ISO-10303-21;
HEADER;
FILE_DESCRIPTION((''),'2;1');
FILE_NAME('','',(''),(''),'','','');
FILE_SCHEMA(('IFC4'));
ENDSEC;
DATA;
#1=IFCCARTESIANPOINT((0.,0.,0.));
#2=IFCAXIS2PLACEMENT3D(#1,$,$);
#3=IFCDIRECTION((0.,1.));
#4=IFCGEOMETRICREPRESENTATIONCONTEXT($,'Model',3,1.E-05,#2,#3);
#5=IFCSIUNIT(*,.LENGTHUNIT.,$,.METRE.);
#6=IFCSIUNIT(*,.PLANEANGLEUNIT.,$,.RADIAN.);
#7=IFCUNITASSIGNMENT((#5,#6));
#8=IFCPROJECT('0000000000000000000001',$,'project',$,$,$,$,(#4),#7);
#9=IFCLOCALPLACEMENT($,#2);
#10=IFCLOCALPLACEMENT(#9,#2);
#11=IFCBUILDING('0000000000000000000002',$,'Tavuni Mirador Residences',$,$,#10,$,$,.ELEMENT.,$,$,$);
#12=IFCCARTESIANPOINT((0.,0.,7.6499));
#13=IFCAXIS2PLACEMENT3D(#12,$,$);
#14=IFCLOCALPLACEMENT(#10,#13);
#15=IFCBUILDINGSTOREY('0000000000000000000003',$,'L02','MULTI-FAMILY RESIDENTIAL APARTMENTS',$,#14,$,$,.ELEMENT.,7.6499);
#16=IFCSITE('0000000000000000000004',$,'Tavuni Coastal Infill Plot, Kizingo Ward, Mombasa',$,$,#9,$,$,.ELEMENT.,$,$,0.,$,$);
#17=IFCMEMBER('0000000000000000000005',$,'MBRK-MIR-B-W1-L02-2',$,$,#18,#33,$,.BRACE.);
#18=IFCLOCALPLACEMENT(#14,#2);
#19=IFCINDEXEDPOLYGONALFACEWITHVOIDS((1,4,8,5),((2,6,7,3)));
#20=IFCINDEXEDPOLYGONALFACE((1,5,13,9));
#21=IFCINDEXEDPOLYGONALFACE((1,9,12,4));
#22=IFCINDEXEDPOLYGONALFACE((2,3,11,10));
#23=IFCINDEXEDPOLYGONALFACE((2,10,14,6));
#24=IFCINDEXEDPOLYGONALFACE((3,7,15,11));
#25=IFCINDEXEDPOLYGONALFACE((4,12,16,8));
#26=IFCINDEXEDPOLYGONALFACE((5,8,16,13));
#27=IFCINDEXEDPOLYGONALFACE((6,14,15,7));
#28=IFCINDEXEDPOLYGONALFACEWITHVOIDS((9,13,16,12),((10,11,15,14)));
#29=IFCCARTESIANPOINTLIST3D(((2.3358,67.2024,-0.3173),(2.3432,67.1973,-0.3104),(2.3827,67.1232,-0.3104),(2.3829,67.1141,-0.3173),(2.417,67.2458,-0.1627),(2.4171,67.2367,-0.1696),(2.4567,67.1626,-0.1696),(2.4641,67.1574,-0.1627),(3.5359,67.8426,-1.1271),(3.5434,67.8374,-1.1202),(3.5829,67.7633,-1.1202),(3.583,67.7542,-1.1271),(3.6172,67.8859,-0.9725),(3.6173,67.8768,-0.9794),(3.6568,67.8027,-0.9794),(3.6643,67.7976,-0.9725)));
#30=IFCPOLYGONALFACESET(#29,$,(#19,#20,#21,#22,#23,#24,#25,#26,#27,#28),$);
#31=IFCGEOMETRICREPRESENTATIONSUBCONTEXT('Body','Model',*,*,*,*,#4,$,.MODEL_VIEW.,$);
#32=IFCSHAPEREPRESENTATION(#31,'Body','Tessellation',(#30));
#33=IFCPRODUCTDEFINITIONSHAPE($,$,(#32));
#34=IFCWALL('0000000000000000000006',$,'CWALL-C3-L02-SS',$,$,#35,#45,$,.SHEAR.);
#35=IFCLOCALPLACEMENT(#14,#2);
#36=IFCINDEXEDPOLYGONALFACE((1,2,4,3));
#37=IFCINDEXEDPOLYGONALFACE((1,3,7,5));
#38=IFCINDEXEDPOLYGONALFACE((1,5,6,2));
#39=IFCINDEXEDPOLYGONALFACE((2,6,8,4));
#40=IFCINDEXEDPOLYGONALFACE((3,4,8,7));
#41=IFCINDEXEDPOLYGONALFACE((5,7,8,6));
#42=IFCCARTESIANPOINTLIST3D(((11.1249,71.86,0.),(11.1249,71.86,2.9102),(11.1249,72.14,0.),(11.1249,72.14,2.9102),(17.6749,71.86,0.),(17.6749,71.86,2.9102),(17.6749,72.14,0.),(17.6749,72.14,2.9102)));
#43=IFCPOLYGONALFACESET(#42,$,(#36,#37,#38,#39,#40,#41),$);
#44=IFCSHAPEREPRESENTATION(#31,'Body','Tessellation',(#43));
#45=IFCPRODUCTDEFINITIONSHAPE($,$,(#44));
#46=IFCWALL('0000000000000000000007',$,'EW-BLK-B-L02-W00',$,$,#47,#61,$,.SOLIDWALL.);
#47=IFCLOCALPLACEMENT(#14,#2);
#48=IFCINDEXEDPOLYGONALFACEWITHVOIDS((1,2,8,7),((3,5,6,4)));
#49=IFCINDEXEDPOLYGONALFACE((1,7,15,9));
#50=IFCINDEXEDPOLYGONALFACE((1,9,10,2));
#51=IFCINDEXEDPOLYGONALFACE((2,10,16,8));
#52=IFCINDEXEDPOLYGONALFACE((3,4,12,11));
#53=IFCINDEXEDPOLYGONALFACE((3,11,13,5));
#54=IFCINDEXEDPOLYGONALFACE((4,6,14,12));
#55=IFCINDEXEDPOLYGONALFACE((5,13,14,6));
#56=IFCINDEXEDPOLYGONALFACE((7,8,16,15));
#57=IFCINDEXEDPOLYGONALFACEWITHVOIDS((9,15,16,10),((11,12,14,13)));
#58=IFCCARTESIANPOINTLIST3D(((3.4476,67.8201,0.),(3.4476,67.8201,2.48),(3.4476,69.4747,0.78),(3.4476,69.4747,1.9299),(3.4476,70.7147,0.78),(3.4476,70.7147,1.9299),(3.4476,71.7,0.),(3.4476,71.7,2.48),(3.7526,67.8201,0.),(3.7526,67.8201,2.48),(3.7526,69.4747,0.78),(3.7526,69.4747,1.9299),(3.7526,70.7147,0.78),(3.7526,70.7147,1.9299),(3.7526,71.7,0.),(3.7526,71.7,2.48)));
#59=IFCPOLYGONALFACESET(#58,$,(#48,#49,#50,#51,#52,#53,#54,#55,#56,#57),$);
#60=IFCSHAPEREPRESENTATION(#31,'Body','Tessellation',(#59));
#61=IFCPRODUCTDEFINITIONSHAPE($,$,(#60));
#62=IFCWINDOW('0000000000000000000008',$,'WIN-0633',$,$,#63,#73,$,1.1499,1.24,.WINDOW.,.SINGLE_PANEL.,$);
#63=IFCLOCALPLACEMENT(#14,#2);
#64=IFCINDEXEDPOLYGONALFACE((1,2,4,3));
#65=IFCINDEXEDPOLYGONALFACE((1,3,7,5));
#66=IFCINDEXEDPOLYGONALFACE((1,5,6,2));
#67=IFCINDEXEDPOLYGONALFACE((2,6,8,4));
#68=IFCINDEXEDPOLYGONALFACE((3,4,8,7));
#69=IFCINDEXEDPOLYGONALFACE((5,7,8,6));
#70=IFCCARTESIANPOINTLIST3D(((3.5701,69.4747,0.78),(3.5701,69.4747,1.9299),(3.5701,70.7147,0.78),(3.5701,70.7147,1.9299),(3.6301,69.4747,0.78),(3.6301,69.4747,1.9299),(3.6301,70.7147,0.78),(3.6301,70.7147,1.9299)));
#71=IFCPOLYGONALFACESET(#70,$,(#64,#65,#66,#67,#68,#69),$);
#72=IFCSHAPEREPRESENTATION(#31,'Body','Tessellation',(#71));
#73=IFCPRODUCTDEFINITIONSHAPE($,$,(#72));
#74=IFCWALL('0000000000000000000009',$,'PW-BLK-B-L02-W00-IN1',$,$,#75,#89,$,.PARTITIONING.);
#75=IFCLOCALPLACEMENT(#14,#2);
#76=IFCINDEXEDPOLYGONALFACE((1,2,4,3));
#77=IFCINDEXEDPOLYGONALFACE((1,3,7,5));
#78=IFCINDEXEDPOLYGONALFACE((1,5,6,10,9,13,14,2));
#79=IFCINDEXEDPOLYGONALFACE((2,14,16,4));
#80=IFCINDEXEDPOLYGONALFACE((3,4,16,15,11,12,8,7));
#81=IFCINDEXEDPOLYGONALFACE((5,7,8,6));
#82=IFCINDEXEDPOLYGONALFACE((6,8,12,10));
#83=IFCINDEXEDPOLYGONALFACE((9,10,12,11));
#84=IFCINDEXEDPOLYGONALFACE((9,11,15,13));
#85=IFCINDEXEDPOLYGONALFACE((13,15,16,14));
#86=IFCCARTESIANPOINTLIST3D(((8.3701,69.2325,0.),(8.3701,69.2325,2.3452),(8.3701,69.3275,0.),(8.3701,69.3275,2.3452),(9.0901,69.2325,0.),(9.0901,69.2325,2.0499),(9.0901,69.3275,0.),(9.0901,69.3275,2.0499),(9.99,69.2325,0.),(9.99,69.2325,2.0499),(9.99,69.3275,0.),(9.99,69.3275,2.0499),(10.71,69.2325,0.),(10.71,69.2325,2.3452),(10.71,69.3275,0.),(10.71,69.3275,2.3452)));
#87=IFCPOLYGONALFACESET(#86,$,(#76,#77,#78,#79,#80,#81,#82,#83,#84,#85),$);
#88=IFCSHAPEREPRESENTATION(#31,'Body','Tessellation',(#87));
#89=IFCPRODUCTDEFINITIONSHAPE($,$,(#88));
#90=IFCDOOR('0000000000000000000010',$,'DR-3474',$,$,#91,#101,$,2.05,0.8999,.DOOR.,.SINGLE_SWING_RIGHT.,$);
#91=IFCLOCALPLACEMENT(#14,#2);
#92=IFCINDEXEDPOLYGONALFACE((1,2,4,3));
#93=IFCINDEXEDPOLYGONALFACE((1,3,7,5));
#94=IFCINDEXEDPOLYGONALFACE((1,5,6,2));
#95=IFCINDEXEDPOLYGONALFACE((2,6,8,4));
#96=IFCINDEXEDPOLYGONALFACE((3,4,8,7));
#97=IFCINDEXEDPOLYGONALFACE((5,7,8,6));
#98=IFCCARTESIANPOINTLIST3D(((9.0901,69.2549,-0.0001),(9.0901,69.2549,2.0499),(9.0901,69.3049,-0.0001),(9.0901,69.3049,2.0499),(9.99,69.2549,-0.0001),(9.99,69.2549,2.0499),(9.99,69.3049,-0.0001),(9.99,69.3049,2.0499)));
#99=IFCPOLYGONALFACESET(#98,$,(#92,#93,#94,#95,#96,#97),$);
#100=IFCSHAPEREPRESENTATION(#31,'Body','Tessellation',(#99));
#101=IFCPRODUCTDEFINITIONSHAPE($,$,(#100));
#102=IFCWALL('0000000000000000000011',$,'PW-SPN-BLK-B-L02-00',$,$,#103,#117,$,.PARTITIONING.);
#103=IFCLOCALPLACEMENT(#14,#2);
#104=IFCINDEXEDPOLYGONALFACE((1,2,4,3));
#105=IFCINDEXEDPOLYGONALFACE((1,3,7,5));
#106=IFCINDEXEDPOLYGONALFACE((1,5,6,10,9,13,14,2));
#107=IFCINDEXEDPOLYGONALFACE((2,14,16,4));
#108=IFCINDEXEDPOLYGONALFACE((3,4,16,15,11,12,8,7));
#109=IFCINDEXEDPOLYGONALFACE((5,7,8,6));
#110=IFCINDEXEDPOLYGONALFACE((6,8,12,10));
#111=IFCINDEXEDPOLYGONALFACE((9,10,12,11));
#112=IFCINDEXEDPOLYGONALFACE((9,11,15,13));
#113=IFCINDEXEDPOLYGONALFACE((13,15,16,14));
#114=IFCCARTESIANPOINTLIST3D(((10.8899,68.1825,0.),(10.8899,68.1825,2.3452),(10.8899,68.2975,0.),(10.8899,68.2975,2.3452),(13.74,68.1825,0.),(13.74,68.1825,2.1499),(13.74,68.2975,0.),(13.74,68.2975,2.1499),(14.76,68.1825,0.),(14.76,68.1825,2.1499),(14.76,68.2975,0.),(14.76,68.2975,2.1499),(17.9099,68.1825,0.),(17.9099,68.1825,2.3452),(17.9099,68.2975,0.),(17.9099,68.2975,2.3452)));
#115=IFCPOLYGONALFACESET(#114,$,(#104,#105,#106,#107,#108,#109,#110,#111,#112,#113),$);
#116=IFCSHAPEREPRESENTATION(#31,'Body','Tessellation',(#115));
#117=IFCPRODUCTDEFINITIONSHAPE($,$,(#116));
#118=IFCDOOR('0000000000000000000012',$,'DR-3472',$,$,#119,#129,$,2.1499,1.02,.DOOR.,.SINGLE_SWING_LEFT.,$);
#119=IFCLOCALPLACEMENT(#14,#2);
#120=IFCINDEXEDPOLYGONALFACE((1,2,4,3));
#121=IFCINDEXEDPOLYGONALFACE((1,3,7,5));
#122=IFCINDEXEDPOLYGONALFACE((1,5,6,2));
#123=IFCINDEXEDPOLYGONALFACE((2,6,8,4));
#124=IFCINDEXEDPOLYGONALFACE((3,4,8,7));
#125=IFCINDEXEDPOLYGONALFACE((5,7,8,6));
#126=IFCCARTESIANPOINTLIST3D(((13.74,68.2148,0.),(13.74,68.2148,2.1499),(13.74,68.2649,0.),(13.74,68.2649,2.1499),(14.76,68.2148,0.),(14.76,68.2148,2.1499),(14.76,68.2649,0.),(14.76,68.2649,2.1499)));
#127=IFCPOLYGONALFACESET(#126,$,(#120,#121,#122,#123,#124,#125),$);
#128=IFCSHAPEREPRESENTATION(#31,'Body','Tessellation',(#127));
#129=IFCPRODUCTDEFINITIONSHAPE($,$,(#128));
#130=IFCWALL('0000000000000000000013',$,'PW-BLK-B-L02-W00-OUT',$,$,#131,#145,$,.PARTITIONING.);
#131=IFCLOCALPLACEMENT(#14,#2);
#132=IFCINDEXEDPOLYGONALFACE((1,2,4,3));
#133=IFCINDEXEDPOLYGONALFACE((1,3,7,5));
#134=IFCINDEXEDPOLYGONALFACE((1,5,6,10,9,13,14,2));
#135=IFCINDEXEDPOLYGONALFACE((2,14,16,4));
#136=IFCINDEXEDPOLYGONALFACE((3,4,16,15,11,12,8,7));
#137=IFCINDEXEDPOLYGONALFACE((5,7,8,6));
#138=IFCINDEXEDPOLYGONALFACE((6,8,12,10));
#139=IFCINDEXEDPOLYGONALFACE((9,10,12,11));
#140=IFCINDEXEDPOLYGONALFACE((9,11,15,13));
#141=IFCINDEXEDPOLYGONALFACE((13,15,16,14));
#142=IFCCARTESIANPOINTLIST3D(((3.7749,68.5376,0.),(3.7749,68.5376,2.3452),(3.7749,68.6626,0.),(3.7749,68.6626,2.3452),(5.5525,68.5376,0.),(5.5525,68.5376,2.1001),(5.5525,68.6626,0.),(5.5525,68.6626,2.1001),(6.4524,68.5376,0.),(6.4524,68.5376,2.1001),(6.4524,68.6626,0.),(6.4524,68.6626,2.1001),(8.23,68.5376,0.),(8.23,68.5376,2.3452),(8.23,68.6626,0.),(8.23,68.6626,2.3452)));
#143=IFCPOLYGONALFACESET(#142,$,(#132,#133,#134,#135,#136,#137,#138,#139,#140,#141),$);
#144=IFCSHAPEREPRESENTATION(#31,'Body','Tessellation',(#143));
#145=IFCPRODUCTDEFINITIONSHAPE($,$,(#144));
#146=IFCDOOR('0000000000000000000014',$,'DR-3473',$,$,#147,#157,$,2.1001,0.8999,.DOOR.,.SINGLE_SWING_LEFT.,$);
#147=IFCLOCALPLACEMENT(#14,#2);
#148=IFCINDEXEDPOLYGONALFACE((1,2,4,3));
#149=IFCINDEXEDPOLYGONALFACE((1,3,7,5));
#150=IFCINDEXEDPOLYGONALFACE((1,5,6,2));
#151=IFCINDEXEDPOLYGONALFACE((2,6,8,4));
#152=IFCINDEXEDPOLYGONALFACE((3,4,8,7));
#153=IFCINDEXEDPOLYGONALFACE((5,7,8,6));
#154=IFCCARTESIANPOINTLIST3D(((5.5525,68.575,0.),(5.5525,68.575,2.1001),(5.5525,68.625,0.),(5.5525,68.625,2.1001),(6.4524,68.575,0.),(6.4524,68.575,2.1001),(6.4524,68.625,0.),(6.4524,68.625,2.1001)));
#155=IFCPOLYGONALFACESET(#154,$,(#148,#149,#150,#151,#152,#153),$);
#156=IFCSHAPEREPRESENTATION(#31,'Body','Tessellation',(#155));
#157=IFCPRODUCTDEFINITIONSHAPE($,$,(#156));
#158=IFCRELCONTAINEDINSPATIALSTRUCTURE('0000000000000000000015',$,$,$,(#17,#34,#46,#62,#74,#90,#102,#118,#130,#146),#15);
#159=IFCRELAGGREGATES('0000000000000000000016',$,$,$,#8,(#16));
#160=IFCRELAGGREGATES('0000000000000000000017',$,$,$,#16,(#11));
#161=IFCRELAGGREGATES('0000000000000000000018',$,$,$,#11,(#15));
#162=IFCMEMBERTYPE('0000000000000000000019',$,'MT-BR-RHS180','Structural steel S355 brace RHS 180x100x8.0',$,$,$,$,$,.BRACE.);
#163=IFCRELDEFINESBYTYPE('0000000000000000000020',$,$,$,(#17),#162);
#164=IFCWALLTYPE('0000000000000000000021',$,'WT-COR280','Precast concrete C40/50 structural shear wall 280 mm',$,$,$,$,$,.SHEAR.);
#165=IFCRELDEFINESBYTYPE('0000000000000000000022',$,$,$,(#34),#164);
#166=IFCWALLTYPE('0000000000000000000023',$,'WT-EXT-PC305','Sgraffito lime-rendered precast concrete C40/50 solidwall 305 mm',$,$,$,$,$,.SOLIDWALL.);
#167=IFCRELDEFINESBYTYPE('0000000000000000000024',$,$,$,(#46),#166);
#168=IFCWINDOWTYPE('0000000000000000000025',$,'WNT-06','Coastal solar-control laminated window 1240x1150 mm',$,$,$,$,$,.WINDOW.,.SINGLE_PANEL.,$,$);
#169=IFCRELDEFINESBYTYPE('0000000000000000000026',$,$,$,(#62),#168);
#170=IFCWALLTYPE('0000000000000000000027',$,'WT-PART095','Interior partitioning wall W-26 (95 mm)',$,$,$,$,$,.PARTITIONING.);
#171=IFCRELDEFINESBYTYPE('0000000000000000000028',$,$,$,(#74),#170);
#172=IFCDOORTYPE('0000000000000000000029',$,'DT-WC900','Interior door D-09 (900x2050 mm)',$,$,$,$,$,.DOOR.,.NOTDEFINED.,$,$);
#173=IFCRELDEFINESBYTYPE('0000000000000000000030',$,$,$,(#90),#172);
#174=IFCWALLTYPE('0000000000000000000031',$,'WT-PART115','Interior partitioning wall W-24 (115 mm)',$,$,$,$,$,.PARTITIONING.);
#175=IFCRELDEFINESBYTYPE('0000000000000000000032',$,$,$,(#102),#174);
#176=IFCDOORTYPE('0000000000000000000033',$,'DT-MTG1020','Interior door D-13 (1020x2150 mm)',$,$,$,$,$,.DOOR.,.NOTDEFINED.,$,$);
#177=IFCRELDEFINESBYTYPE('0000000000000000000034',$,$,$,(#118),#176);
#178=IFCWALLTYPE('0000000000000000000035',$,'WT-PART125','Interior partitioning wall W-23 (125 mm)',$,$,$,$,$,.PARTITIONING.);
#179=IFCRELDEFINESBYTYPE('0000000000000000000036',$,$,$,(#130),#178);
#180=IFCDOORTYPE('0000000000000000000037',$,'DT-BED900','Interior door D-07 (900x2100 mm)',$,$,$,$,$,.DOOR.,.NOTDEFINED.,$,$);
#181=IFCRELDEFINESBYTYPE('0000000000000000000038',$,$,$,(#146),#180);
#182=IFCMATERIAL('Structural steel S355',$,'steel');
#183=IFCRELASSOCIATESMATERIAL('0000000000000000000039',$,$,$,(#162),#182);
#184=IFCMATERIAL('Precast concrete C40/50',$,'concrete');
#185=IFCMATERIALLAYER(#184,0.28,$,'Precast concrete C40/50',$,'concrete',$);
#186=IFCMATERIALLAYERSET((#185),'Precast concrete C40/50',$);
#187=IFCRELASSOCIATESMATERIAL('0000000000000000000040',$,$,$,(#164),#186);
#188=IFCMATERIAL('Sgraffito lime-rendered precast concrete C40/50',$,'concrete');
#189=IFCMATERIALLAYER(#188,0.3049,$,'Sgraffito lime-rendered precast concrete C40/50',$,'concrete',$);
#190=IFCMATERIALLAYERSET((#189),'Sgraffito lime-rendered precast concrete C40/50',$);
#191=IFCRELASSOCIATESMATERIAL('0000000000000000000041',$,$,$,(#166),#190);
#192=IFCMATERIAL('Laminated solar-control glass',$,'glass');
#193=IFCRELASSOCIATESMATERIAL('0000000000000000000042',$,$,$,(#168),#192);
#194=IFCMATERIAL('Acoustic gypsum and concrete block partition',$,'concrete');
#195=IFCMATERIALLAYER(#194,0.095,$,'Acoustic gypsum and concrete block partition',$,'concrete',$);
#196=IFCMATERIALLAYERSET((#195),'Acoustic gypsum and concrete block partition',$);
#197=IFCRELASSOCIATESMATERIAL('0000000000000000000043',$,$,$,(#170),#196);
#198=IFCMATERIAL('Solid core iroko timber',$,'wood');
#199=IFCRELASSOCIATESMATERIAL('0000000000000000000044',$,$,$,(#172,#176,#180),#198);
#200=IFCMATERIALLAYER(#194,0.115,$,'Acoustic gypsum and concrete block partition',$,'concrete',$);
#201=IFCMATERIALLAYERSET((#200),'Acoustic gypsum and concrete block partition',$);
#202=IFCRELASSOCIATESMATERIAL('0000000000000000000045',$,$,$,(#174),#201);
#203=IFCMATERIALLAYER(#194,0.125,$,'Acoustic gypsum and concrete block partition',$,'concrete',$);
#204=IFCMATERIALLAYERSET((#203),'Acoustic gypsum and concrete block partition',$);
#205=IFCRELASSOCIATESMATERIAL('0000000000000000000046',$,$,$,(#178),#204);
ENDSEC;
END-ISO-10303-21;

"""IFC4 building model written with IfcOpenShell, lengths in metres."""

from ifc_helpers import new_model, si_unit, direction, frame, frame_2d, origin, origin_2d, place, context, subcontext, project, spatial, rectangle, hollow_rectangle, extrude, material, layer, layer_set, material_profile, profile_set, type_object, element, fill, save


model = new_model("IFC4")

# Units and contexts
model_context = context("Model", 3, precision=1e-05, world=origin(), true_north=direction((0.0, 1.0)))
body_context = subcontext(model_context, "Body", "Model", "MODEL_VIEW")
ifc_project = project(units=[si_unit("LENGTHUNIT", "METRE"), si_unit("PLANEANGLEUNIT", "RADIAN")], contexts=[model_context])

# Site, building, storey
site_placement = place(None, origin())
site = spatial("IfcSite", under=ifc_project, at=site_placement, Name="Tavuni Coastal Infill Plot, Kizingo Ward, Mombasa", CompositionType="ELEMENT", RefElevation=0.0)
building_placement = place(site_placement, origin())
building = spatial("IfcBuilding", under=site, at=building_placement, Name="Tavuni Mirador Residences", CompositionType="ELEMENT")
storey_placement = place(building_placement, frame((0.0, 0.0, 7.6499)))
storey = spatial("IfcBuildingStorey", under=building, at=storey_placement, Name="L02", Description="MULTI-FAMILY RESIDENTIAL APARTMENTS", CompositionType="ELEMENT", Elevation=7.6499)

# Shared definitions
ifc_material_1 = material(Name="Precast concrete C40/50", Category="concrete")

# Member
ifc_material_2 = material(Name="Structural steel S355", Category="steel")
ifc_material_profile_1 = material_profile(ifc_material_2, hollow_rectangle(XDim=0.1001, YDim=0.1799, WallThickness=0.0081, at=origin_2d()), Name="RHS 180x100x8.0", Category="steel")
ifc_profile_set_1 = profile_set([ifc_material_profile_1], Name="Structural steel S355")
member_type_1 = type_object("IfcMemberType", Name="MT-BR-RHS180", Description="Structural steel S355 brace RHS 180x100x8.0", PredefinedType="BRACE", material=ifc_profile_set_1)
member_1_placement = place(storey_placement, frame((3.6001, 67.8201, -1.0498), z_axis=(-0.758154, -0.40437, 0.511554), x_axis=(0.470607, -0.882343, 0.0)))
element("IfcMember", 1, at=member_1_placement, inside=storey, type_object=member_type_1, Name="MBRK-MIR-B-W1-L02-2", PredefinedType="BRACE", context=body_context, shape_type="SweptSolid", body=[
    extrude(hollow_rectangle(XDim=0.1001, YDim=0.1799, WallThickness=0.0081, at=origin_2d()), origin(), (0.0, 0.0, 1.0), 1.583),
])

# Shared definitions
ifc_material_3 = material(Name="Solid core iroko timber", Category="wood")

# Wall
ifc_layer_1 = layer(ifc_material_1, 0.28, Name="Precast concrete C40/50", Category="concrete")
ifc_layer_set_1 = layer_set([ifc_layer_1], Name="Precast concrete C40/50")
wall_type_1 = type_object("IfcWallType", Name="WT-COR280", Description="Precast concrete C40/50 structural shear wall 280 mm", PredefinedType="SHEAR", material=ifc_layer_set_1)
wall_1_placement = place(storey_placement, frame((11.125, 72.0, 0.0), z_axis=(0.0, 0.0, 1.0), x_axis=(1.0, 0.0, 0.0)))
element("IfcWall", 2, at=wall_1_placement, inside=storey, type_object=wall_type_1, Name="CWALL-C3-L02-SS", PredefinedType="SHEAR", context=body_context, shape_type="SweptSolid", body=[
    extrude(rectangle(XDim=6.55, YDim=0.28, at=frame_2d((3.2749, 0.0))), origin(), (0.0, 0.0, 1.0), 2.9102),
])

# Wall, opening, window
ifc_material_4 = material(Name="Sgraffito lime-rendered precast concrete C40/50", Category="concrete")
ifc_layer_2 = layer(ifc_material_4, 0.3049, Name="Sgraffito lime-rendered precast concrete C40/50", Category="concrete")
ifc_layer_set_2 = layer_set([ifc_layer_2], Name="Sgraffito lime-rendered precast concrete C40/50")
wall_type_2 = type_object("IfcWallType", Name="WT-EXT-PC305", Description="Sgraffito lime-rendered precast concrete C40/50 solidwall 305 mm", PredefinedType="SOLIDWALL", material=ifc_layer_set_2)
wall_2_placement = place(storey_placement, frame((3.6001, 71.7, 0.0), z_axis=(0.0, 0.0, 1.0), x_axis=(0.0, -1.0, 0.0)))
wall_2 = element("IfcWall", 3, at=wall_2_placement, inside=storey, type_object=wall_type_2, Name="EW-BLK-B-L02-W00", PredefinedType="SOLIDWALL", context=body_context, shape_type="SweptSolid", body=[
    extrude(rectangle(XDim=3.8799, YDim=0.3049, at=frame_2d((1.9399, 0.0))), origin(), (0.0, 0.0, 1.0), 2.48),
])
opening_1_placement = place(wall_2_placement, frame((0.9851, 0.0, 0.78)))
opening_1 = element("IfcOpeningElement", 4, at=opening_1_placement, cuts=wall_2, PredefinedType="OPENING", context=body_context, shape_type="SweptSolid", body=[
    extrude(rectangle(XDim=1.24, YDim=1.1499, at=frame_2d((0.6201, 0.575))), frame((0.0, 0.1626, 0.0), z_axis=(0.0, -1.0, 0.0), x_axis=(1.0, 0.0, 0.0)), (0.0, 0.0, 1.0), 0.325),
])
ifc_material_5 = material(Name="Laminated solar-control glass", Category="glass")
window_type = type_object("IfcWindowType", Name="WNT-06", Description="Coastal solar-control laminated window 1240x1150 mm", PartitioningType="SINGLE_PANEL", PredefinedType="WINDOW", material=ifc_material_5)
window_placement = place(opening_1_placement, origin())
window = element("IfcWindow", 5, at=window_placement, inside=storey, type_object=window_type, Name="WIN-0633", OverallHeight=1.1499, OverallWidth=1.24, PartitioningType="SINGLE_PANEL", PredefinedType="WINDOW", context=body_context, shape_type="SweptSolid", body=[
    extrude(rectangle(XDim=1.24, YDim=1.1499, at=frame_2d((0.6201, 0.575))), frame((0.0, 0.03, 0.0), z_axis=(0.0, -1.0, 0.0), x_axis=(1.0, 0.0, 0.0)), (0.0, 0.0, 1.0), 0.0601),
])
fill(opening_1, window)

# Walls, openings, doors
ifc_material_6 = material(Name="Acoustic gypsum and concrete block partition", Category="concrete")
ifc_layer_3 = layer(ifc_material_6, 0.095, Name="Acoustic gypsum and concrete block partition", Category="concrete")
ifc_layer_set_3 = layer_set([ifc_layer_3], Name="Acoustic gypsum and concrete block partition")
wall_type_3 = type_object("IfcWallType", Name="WT-PART095", Description="Interior partitioning wall W-26 (95 mm)", PredefinedType="PARTITIONING", material=ifc_layer_set_3)
wall_3_placement = place(storey_placement, frame((8.3701, 69.28, 0.0), z_axis=(0.0, 0.0, 1.0), x_axis=(1.0, 0.0, 0.0)))
wall_3 = element("IfcWall", 6, at=wall_3_placement, inside=storey, type_object=wall_type_3, Name="PW-BLK-B-L02-W00-IN1", PredefinedType="PARTITIONING", context=body_context, shape_type="SweptSolid", body=[
    extrude(rectangle(XDim=2.3398, YDim=0.095, at=frame_2d((1.1699, 0.0))), origin(), (0.0, 0.0, 1.0), 2.3452),
])
opening_2_placement = place(wall_3_placement, frame((0.72, 0.0, 0.0)))
opening_2 = element("IfcOpeningElement", 7, at=opening_2_placement, cuts=wall_3, PredefinedType="OPENING", context=body_context, shape_type="SweptSolid", body=[
    extrude(rectangle(XDim=0.8999, YDim=2.05, at=frame_2d((0.45, 1.0249))), frame((0.0, 0.0576, 0.0), z_axis=(0.0, -1.0, 0.0), x_axis=(1.0, 0.0, 0.0)), (0.0, 0.0, 1.0), 0.115),
])
door_type_1 = type_object("IfcDoorType", Name="DT-WC900", Description="Interior door D-09 (900x2050 mm)", OperationType="NOTDEFINED", PredefinedType="DOOR", material=ifc_material_3)
door_1_placement = place(opening_2_placement, origin())
door_1 = element("IfcDoor", 8, at=door_1_placement, inside=storey, type_object=door_type_1, Name="DR-3474", OperationType="SINGLE_SWING_RIGHT", OverallHeight=2.05, OverallWidth=0.8999, PredefinedType="DOOR", context=body_context, shape_type="SweptSolid", body=[
    extrude(rectangle(XDim=0.8999, YDim=2.05, at=frame_2d((0.45, 1.0249))), frame((0.0, 0.0249, 0.0), z_axis=(0.0, -1.0, 0.0), x_axis=(1.0, 0.0, 0.0)), (0.0, 0.0, 1.0), 0.05),
])
fill(opening_2, door_1)
ifc_layer_4 = layer(ifc_material_6, 0.115, Name="Acoustic gypsum and concrete block partition", Category="concrete")
ifc_layer_set_4 = layer_set([ifc_layer_4], Name="Acoustic gypsum and concrete block partition")
wall_type_4 = type_object("IfcWallType", Name="WT-PART115", Description="Interior partitioning wall W-24 (115 mm)", PredefinedType="PARTITIONING", material=ifc_layer_set_4)
wall_4_placement = place(storey_placement, frame((10.8899, 68.24, 0.0), z_axis=(0.0, 0.0, 1.0), x_axis=(1.0, 0.0, 0.0)))
wall_4 = element("IfcWall", 9, at=wall_4_placement, inside=storey, type_object=wall_type_4, Name="PW-SPN-BLK-B-L02-00", PredefinedType="PARTITIONING", context=body_context, shape_type="SweptSolid", body=[
    extrude(rectangle(XDim=7.02, YDim=0.115, at=frame_2d((3.51, 0.0))), origin(), (0.0, 0.0, 1.0), 2.3452),
])
opening_3_placement = place(wall_4_placement, frame((2.8501, 0.0, 0.0)))
opening_3 = element("IfcOpeningElement", 10, at=opening_3_placement, cuts=wall_4, PredefinedType="OPENING", context=body_context, shape_type="SweptSolid", body=[
    extrude(rectangle(XDim=1.02, YDim=2.1499, at=frame_2d((0.51, 1.075))), frame((0.0, 0.0674, 0.0), z_axis=(0.0, -1.0, 0.0), x_axis=(1.0, 0.0, 0.0)), (0.0, 0.0, 1.0), 0.135),
])
door_type_2 = type_object("IfcDoorType", Name="DT-MTG1020", Description="Interior door D-13 (1020x2150 mm)", OperationType="NOTDEFINED", PredefinedType="DOOR", material=ifc_material_3)
door_2_placement = place(opening_3_placement, origin())
door_2 = element("IfcDoor", 11, at=door_2_placement, inside=storey, type_object=door_type_2, Name="DR-3472", OperationType="SINGLE_SWING_LEFT", OverallHeight=2.1499, OverallWidth=1.02, PredefinedType="DOOR", context=body_context, shape_type="SweptSolid", body=[
    extrude(rectangle(XDim=1.02, YDim=2.1499, at=frame_2d((0.51, 1.075))), frame((0.0, 0.0249, 0.0), z_axis=(0.0, -1.0, 0.0), x_axis=(1.0, 0.0, 0.0)), (0.0, 0.0, 1.0), 0.05),
])
fill(opening_3, door_2)
ifc_layer_5 = layer(ifc_material_6, 0.125, Name="Acoustic gypsum and concrete block partition", Category="concrete")
ifc_layer_set_5 = layer_set([ifc_layer_5], Name="Acoustic gypsum and concrete block partition")
wall_type_5 = type_object("IfcWallType", Name="WT-PART125", Description="Interior partitioning wall W-23 (125 mm)", PredefinedType="PARTITIONING", material=ifc_layer_set_5)
wall_5_placement = place(storey_placement, frame((3.7749, 68.6001, 0.0), z_axis=(0.0, 0.0, 1.0), x_axis=(1.0, 0.0, 0.0)))
wall_5 = element("IfcWall", 12, at=wall_5_placement, inside=storey, type_object=wall_type_5, Name="PW-BLK-B-L02-W00-OUT", PredefinedType="PARTITIONING", context=body_context, shape_type="SweptSolid", body=[
    extrude(rectangle(XDim=4.4551, YDim=0.125, at=frame_2d((2.2275, 0.0))), origin(), (0.0, 0.0, 1.0), 2.3452),
])
opening_4_placement = place(wall_5_placement, frame((1.7776, 0.0, 0.0)))
opening_4 = element("IfcOpeningElement", 13, at=opening_4_placement, cuts=wall_5, PredefinedType="OPENING", context=body_context, shape_type="SweptSolid", body=[
    extrude(rectangle(XDim=0.8999, YDim=2.1001, at=frame_2d((0.45, 1.05))), frame((0.0, 0.0725, 0.0), z_axis=(0.0, -1.0, 0.0), x_axis=(1.0, 0.0, 0.0)), (0.0, 0.0, 1.0), 0.145),
])
door_type_3 = type_object("IfcDoorType", Name="DT-BED900", Description="Interior door D-07 (900x2100 mm)", OperationType="NOTDEFINED", PredefinedType="DOOR", material=ifc_material_3)
door_3_placement = place(opening_4_placement, origin())
door_3 = element("IfcDoor", 14, at=door_3_placement, inside=storey, type_object=door_type_3, Name="DR-3473", OperationType="SINGLE_SWING_LEFT", OverallHeight=2.1001, OverallWidth=0.8999, PredefinedType="DOOR", context=body_context, shape_type="SweptSolid", body=[
    extrude(rectangle(XDim=0.8999, YDim=2.1001, at=frame_2d((0.45, 1.05))), frame((0.0, 0.0249, 0.0), z_axis=(0.0, -1.0, 0.0), x_axis=(1.0, 0.0, 0.0)), (0.0, 0.0, 1.0), 0.05),
])
fill(opening_4, door_3)

save(model, "model.ifc")
